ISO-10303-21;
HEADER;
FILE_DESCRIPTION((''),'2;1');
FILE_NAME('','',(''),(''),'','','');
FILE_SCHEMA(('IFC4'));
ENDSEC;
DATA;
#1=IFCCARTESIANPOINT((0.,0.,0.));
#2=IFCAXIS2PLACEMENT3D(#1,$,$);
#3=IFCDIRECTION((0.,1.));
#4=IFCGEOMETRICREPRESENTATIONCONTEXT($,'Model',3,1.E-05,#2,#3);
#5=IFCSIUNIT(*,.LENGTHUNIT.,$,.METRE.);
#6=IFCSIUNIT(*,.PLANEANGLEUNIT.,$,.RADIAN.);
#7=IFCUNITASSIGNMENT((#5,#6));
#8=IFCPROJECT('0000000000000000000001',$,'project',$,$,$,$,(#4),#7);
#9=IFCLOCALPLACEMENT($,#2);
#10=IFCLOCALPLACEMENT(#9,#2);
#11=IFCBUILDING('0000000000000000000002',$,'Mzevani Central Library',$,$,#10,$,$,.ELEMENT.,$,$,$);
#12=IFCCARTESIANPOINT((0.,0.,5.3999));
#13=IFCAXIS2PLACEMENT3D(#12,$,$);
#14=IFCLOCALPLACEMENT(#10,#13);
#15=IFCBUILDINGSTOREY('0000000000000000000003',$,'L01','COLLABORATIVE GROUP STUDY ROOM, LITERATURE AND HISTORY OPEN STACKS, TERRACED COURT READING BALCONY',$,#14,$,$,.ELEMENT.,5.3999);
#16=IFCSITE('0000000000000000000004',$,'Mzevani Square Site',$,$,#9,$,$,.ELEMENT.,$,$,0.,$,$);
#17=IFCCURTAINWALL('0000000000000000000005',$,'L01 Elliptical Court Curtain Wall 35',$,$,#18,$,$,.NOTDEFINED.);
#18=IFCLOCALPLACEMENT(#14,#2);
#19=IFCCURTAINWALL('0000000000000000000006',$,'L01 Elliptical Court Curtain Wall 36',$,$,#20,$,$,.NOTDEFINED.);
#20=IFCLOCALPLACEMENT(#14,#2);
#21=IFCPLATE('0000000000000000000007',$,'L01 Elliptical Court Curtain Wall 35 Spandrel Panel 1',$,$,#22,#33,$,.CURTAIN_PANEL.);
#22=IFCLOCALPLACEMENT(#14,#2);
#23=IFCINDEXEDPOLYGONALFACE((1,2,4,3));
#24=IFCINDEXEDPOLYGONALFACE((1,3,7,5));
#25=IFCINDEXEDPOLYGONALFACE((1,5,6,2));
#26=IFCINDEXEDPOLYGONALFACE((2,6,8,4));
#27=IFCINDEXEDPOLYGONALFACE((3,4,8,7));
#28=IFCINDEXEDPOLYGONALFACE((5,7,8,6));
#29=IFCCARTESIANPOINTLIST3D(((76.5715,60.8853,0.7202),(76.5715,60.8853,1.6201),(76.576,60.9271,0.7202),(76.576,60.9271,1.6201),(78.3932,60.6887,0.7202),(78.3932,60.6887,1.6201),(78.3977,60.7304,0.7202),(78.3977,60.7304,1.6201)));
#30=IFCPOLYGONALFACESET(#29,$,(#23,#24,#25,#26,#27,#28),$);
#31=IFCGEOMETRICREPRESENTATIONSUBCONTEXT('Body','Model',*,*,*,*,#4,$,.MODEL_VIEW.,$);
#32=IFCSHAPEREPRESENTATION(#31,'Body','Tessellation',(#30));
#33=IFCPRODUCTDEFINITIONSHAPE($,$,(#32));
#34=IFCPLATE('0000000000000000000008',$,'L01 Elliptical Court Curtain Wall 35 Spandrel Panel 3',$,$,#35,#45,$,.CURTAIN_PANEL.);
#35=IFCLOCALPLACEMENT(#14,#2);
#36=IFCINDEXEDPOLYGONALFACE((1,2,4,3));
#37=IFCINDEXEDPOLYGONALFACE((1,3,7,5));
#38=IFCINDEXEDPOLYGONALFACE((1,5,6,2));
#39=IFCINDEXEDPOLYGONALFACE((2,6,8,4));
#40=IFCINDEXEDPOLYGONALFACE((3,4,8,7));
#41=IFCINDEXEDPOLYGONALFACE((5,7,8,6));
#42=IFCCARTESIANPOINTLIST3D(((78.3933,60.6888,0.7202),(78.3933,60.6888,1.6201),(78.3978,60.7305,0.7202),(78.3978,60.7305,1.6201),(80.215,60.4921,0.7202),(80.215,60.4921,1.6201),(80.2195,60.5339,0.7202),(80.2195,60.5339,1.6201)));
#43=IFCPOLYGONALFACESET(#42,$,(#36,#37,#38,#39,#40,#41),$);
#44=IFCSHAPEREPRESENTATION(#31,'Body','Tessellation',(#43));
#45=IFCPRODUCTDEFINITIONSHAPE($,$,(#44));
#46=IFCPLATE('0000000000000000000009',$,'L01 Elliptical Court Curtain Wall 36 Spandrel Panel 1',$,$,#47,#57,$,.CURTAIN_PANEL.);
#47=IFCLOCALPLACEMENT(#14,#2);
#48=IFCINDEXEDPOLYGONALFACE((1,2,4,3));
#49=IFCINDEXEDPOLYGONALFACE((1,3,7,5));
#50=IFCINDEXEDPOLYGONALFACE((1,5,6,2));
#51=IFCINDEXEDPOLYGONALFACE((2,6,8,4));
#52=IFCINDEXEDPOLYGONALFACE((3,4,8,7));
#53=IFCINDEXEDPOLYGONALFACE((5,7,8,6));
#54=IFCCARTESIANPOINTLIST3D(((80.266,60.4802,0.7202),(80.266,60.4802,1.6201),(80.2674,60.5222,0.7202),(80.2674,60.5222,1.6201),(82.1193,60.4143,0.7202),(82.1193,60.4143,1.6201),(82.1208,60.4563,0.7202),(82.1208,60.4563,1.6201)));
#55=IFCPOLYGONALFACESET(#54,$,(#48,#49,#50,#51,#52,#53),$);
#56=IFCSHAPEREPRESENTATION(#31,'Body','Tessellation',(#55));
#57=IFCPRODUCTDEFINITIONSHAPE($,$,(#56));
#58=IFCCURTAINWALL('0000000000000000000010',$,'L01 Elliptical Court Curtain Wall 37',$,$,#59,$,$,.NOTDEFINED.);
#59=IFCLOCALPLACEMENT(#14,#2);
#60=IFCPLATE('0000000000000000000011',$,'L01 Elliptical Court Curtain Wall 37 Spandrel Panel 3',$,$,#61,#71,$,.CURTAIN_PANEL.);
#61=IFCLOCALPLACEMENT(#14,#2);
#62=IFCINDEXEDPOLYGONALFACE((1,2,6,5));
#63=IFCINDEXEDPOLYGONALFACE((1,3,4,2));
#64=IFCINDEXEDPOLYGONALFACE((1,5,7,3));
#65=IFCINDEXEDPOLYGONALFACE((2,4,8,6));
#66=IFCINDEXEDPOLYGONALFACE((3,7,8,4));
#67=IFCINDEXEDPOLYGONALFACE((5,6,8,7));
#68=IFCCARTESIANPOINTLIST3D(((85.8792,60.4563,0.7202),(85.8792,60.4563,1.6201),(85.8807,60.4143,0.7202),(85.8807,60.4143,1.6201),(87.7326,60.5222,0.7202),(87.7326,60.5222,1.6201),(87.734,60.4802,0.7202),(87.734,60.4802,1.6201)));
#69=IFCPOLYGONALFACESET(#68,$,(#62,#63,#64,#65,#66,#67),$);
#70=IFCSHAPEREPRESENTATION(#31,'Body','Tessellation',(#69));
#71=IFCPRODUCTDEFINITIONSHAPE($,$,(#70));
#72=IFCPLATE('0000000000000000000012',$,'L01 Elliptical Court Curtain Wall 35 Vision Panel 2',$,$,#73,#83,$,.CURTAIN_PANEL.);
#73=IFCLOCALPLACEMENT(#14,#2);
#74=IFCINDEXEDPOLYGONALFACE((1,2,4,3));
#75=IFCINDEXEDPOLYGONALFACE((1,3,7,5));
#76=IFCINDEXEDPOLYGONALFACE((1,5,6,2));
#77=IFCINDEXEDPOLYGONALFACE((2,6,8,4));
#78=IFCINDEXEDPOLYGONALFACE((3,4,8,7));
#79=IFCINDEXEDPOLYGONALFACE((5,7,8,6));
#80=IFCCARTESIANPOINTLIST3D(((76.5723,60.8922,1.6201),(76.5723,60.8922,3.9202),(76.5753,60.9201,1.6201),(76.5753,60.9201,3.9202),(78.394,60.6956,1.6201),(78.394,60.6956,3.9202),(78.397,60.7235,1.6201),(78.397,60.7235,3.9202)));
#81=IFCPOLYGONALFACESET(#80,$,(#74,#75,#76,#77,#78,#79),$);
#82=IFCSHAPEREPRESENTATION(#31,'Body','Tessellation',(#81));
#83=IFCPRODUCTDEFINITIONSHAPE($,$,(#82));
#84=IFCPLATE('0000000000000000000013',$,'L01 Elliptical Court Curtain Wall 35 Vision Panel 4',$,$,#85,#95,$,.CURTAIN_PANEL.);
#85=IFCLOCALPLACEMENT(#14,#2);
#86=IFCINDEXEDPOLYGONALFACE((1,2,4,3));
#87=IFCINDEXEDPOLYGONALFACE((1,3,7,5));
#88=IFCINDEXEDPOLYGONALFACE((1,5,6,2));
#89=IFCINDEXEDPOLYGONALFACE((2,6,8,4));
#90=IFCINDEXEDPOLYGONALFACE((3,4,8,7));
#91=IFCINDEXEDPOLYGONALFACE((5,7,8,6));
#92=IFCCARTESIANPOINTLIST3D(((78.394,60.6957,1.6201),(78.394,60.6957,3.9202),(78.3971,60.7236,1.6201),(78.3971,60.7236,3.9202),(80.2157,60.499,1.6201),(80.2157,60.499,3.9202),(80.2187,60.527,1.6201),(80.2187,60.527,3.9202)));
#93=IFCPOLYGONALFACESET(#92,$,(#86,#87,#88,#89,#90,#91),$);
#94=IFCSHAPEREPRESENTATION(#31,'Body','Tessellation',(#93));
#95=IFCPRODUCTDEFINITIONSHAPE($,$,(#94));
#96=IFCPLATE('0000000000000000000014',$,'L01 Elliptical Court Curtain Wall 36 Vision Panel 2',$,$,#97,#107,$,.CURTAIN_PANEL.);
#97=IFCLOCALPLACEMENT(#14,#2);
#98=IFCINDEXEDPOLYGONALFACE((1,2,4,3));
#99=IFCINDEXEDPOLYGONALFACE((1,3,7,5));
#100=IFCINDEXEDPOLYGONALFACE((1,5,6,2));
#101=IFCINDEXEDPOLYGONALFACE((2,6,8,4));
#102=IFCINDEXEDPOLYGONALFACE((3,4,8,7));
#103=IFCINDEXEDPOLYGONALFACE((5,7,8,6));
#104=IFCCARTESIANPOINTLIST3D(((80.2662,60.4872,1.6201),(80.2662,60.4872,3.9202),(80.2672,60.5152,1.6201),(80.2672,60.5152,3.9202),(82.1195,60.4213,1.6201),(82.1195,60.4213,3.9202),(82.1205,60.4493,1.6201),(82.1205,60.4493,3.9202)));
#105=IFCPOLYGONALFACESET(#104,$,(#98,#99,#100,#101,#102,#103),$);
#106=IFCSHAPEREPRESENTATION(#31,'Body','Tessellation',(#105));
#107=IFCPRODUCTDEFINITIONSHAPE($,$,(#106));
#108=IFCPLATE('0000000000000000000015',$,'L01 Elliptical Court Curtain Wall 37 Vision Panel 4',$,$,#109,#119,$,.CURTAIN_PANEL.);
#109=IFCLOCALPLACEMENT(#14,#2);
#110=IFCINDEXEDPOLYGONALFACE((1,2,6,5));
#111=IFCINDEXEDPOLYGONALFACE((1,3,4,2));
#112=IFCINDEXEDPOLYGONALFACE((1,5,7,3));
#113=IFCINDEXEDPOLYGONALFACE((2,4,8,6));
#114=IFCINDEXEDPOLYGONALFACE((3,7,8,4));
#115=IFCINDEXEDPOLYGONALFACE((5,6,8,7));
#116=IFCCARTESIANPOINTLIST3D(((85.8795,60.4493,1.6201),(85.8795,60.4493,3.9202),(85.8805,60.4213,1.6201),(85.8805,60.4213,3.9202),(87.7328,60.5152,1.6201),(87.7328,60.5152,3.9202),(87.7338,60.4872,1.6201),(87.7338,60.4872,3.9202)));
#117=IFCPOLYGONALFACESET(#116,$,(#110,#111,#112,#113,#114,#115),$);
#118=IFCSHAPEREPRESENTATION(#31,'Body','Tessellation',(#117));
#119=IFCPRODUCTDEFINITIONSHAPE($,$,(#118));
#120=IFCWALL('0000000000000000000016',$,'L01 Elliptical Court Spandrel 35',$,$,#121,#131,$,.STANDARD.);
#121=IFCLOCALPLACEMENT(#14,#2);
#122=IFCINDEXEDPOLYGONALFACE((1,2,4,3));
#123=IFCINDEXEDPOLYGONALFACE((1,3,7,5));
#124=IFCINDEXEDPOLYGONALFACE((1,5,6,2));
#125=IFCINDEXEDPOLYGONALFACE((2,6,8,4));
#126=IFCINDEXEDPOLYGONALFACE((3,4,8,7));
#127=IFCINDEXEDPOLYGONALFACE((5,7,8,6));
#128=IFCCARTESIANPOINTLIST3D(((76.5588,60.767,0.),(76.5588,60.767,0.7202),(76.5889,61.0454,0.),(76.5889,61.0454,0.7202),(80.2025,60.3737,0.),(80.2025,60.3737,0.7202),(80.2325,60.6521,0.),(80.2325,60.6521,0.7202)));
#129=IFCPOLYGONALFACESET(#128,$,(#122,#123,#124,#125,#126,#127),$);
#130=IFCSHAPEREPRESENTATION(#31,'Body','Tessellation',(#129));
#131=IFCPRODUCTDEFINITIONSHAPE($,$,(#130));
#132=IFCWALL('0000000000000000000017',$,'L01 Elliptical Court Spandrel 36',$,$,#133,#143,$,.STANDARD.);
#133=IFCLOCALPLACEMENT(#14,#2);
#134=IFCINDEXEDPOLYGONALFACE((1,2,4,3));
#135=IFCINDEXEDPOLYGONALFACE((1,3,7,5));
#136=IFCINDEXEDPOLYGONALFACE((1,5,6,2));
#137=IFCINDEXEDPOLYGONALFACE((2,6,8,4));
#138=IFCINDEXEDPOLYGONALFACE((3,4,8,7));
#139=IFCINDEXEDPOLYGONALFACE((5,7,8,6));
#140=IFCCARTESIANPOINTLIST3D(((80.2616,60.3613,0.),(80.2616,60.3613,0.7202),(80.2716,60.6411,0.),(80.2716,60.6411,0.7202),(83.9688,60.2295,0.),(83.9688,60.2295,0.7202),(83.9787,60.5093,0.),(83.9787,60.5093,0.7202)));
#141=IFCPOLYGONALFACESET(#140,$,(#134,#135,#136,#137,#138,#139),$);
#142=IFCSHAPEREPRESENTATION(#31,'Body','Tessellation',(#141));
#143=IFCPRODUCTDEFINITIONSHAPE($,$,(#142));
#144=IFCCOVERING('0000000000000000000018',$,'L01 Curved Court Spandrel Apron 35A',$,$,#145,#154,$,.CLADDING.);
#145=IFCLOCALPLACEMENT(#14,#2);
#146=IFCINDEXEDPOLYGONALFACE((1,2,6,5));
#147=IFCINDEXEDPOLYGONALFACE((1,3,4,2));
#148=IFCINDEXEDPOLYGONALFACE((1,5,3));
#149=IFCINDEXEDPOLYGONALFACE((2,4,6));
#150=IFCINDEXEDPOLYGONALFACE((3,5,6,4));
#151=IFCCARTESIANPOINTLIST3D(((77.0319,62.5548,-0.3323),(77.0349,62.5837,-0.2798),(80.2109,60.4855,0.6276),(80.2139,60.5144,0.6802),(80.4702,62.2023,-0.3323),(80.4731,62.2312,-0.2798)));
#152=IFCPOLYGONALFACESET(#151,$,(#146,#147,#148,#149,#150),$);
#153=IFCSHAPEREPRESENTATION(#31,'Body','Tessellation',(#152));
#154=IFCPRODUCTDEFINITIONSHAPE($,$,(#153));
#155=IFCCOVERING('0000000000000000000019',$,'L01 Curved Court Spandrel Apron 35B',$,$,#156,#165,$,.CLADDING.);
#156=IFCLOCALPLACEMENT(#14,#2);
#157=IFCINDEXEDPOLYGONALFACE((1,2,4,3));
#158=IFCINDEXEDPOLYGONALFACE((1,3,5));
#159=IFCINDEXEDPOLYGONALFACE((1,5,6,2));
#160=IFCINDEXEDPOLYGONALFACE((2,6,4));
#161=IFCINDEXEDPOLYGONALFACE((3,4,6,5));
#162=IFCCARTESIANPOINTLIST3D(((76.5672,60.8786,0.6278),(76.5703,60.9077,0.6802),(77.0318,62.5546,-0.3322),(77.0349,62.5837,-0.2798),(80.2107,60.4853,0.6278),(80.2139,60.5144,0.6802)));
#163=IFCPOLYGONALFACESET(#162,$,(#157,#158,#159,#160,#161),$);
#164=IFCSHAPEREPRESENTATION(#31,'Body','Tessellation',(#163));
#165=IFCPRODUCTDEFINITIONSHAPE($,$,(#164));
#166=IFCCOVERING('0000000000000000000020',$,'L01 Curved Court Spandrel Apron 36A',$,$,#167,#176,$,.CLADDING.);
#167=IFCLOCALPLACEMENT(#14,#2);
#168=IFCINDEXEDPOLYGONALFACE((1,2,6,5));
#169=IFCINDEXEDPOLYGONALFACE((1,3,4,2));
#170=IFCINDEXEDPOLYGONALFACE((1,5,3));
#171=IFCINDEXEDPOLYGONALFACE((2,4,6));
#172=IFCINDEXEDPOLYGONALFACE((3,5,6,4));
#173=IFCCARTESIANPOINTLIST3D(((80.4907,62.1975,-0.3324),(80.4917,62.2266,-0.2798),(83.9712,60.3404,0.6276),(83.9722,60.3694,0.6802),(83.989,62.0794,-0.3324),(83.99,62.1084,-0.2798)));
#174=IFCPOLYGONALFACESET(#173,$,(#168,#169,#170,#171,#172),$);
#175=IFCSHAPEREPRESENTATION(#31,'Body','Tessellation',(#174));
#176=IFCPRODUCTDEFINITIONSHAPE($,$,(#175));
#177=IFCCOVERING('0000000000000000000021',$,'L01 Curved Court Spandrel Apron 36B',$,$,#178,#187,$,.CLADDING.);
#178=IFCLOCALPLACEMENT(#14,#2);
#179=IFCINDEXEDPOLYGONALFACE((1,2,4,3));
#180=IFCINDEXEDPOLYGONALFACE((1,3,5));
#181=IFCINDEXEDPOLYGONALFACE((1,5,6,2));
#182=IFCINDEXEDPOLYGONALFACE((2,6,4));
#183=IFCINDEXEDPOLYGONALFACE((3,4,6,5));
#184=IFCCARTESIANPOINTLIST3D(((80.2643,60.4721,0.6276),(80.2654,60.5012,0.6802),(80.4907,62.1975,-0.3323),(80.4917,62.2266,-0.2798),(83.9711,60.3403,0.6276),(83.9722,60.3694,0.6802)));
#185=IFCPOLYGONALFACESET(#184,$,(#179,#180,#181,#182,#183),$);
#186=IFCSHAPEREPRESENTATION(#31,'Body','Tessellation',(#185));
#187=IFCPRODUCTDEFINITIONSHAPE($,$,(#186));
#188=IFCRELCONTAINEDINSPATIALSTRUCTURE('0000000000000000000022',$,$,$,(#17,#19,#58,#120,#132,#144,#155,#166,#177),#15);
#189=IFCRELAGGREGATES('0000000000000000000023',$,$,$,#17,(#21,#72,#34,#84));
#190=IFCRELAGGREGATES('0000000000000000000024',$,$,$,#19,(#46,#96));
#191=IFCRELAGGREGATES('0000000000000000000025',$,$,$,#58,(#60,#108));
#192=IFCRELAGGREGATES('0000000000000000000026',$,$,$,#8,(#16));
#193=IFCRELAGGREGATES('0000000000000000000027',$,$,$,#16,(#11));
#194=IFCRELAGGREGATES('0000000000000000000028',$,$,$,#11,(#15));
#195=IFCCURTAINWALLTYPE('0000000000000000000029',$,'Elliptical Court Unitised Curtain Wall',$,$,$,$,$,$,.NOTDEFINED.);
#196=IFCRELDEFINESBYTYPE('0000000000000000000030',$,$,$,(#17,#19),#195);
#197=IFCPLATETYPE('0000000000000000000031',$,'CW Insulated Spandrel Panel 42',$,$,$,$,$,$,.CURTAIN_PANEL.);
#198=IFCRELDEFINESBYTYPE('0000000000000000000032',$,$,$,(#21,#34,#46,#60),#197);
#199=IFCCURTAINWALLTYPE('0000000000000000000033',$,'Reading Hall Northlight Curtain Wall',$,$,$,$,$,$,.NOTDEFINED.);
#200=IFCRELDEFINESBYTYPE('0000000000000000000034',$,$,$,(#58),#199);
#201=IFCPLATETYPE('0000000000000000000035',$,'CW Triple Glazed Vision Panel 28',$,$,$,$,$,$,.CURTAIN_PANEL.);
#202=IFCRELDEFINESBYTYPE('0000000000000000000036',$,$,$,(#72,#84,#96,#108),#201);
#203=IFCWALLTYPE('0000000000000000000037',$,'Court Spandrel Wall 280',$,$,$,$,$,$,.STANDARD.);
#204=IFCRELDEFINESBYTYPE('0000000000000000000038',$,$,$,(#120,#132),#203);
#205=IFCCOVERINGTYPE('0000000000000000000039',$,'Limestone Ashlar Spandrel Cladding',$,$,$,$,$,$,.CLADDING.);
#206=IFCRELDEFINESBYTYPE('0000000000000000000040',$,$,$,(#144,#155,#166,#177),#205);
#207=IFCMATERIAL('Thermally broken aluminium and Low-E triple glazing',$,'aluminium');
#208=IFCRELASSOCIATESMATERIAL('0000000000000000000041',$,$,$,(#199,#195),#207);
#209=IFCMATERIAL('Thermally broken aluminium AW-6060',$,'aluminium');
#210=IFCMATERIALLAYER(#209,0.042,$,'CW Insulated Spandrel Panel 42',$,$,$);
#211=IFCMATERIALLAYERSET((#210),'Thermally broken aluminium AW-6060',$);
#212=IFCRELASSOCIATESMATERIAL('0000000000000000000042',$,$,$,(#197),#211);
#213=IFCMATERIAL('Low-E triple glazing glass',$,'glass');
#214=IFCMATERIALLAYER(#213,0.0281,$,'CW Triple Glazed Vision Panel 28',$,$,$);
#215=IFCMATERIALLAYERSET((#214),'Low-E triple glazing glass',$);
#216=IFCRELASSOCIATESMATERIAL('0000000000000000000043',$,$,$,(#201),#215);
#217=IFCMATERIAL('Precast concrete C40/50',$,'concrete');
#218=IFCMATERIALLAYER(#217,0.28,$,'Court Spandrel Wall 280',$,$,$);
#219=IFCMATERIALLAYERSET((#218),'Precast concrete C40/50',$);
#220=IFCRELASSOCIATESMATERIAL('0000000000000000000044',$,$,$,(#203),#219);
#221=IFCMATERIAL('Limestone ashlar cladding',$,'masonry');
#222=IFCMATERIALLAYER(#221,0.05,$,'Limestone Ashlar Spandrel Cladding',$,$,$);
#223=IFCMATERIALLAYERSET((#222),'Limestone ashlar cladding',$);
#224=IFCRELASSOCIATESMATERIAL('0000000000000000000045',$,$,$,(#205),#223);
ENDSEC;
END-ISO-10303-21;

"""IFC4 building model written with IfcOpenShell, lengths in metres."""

from ifc_helpers import new_model, si_unit, direction, frame, frame_2d, origin, origin_2d, place, context, subcontext, project, spatial, polyline, rectangle, outline, extrude, material, layer, layer_set, type_object, element, aggregate, save


model = new_model("IFC4")

# Units and contexts
model_context = context("Model", 3, precision=1e-05, world=origin(), true_north=direction((0.0, 1.0)))
body_context = subcontext(model_context, "Body", "Model", "MODEL_VIEW")
ifc_project = project(units=[si_unit("LENGTHUNIT", "METRE"), si_unit("PLANEANGLEUNIT", "RADIAN")], contexts=[model_context])

# Site, building, storey
site_placement = place(None, origin())
site = spatial("IfcSite", under=ifc_project, at=site_placement, Name="Mzevani Square Site", CompositionType="ELEMENT", RefElevation=0.0)
building_placement = place(site_placement, origin())
building = spatial("IfcBuilding", under=site, at=building_placement, Name="Mzevani Central Library", CompositionType="ELEMENT")
storey_placement = place(building_placement, frame((0.0, 0.0, 5.3999)))
storey = spatial("IfcBuildingStorey", under=building, at=storey_placement, Name="L01", Description="COLLABORATIVE GROUP STUDY ROOM, LITERATURE AND HISTORY OPEN STACKS, TERRACED COURT READING BALCONY", CompositionType="ELEMENT", Elevation=5.3999)

# Shared definitions
ifc_material_1 = material(Name="Thermally broken aluminium and Low-E triple glazing", Category="aluminium")
curtain_wall_type_1 = type_object("IfcCurtainWallType", Name="Reading Hall Northlight Curtain Wall", PredefinedType="NOTDEFINED", material=ifc_material_1)
ifc_material_2 = material(Name="Thermally broken aluminium AW-6060", Category="aluminium")

# Curtain wall
curtain_wall_type_2 = type_object("IfcCurtainWallType", Name="Elliptical Court Unitised Curtain Wall", PredefinedType="NOTDEFINED", material=ifc_material_1)
curtain_wall_1_placement = place(storey_placement, origin())
curtain_wall_1 = element("IfcCurtainWall", 1, at=curtain_wall_1_placement, inside=storey, type_object=curtain_wall_type_2, Name="L01 Elliptical Court Curtain Wall 35", PredefinedType="NOTDEFINED")

# Curtain wall
curtain_wall_2_placement = place(storey_placement, origin())
curtain_wall_2 = element("IfcCurtainWall", 2, at=curtain_wall_2_placement, inside=storey, type_object=curtain_wall_type_2, Name="L01 Elliptical Court Curtain Wall 36", PredefinedType="NOTDEFINED")

# Plates
ifc_layer_1 = layer(ifc_material_2, 0.042, Name="CW Insulated Spandrel Panel 42")
ifc_layer_set_1 = layer_set([ifc_layer_1], Name="Thermally broken aluminium AW-6060")
plate_type_1 = type_object("IfcPlateType", Name="CW Insulated Spandrel Panel 42", PredefinedType="CURTAIN_PANEL", material=ifc_layer_set_1)
plate_1_placement = place(storey_placement, frame((77.4846, 60.8079, 0.7202), z_axis=(0.0, 0.0, 1.0), x_axis=(0.994224, -0.107323, 0.0)))
plate_1 = element("IfcPlate", 3, at=plate_1_placement, type_object=plate_type_1, Name="L01 Elliptical Court Curtain Wall 35 Spandrel Panel 1", PredefinedType="CURTAIN_PANEL", context=body_context, shape_type="SweptSolid", body=[
    extrude(rectangle(XDim=1.8323, YDim=0.042, at=origin_2d()), origin(), (0.0, 0.0, 1.0), 0.8999),
])
plate_2_placement = place(storey_placement, frame((79.3064, 60.6113, 0.7202), z_axis=(0.0, 0.0, 1.0), x_axis=(0.994224, -0.107323, 0.0)))
plate_2 = element("IfcPlate", 4, at=plate_2_placement, type_object=plate_type_1, Name="L01 Elliptical Court Curtain Wall 35 Spandrel Panel 3", PredefinedType="CURTAIN_PANEL", context=body_context, shape_type="SweptSolid", body=[
    extrude(rectangle(XDim=1.8323, YDim=0.042, at=origin_2d()), origin(), (0.0, 0.0, 1.0), 0.8999),
])
plate_3_placement = place(storey_placement, frame((81.1934, 60.4683, 0.7202), z_axis=(0.0, 0.0, 1.0), x_axis=(0.999369, -0.035533, 0.0)))
plate_3 = element("IfcPlate", 5, at=plate_3_placement, type_object=plate_type_1, Name="L01 Elliptical Court Curtain Wall 36 Spandrel Panel 1", PredefinedType="CURTAIN_PANEL", context=body_context, shape_type="SweptSolid", body=[
    extrude(rectangle(XDim=1.8545, YDim=0.042, at=origin_2d()), origin(), (0.0, 0.0, 1.0), 0.8999),
])

# Curtain wall, plate
curtain_wall_3_placement = place(storey_placement, origin())
curtain_wall_3 = element("IfcCurtainWall", 6, at=curtain_wall_3_placement, inside=storey, type_object=curtain_wall_type_1, Name="L01 Elliptical Court Curtain Wall 37", PredefinedType="NOTDEFINED")
plate_4_placement = place(storey_placement, frame((86.8066, 60.4683, 0.7202), z_axis=(0.0, 0.0, 1.0), x_axis=(0.999369, 0.035533, 0.0)))
plate_4 = element("IfcPlate", 7, at=plate_4_placement, type_object=plate_type_1, Name="L01 Elliptical Court Curtain Wall 37 Spandrel Panel 3", PredefinedType="CURTAIN_PANEL", context=body_context, shape_type="SweptSolid", body=[
    extrude(rectangle(XDim=1.8545, YDim=0.042, at=origin_2d()), origin(), (0.0, 0.0, 1.0), 0.8999),
])

# Plates
ifc_material_3 = material(Name="Low-E triple glazing glass", Category="glass")
ifc_layer_2 = layer(ifc_material_3, 0.0281, Name="CW Triple Glazed Vision Panel 28")
ifc_layer_set_2 = layer_set([ifc_layer_2], Name="Low-E triple glazing glass")
plate_type_2 = type_object("IfcPlateType", Name="CW Triple Glazed Vision Panel 28", PredefinedType="CURTAIN_PANEL", material=ifc_layer_set_2)
plate_5_placement = place(storey_placement, frame((77.4846, 60.8079, 1.6201), z_axis=(0.0, 0.0, 1.0), x_axis=(0.994224, -0.107323, 0.0)))
plate_5 = element("IfcPlate", 8, at=plate_5_placement, type_object=plate_type_2, Name="L01 Elliptical Court Curtain Wall 35 Vision Panel 2", PredefinedType="CURTAIN_PANEL", context=body_context, shape_type="SweptSolid", body=[
    extrude(rectangle(XDim=1.8323, YDim=0.0281, at=origin_2d()), origin(), (0.0, 0.0, 1.0), 2.3),
])
plate_6_placement = place(storey_placement, frame((79.3064, 60.6113, 1.6201), z_axis=(0.0, 0.0, 1.0), x_axis=(0.994224, -0.107323, 0.0)))
plate_6 = element("IfcPlate", 9, at=plate_6_placement, type_object=plate_type_2, Name="L01 Elliptical Court Curtain Wall 35 Vision Panel 4", PredefinedType="CURTAIN_PANEL", context=body_context, shape_type="SweptSolid", body=[
    extrude(rectangle(XDim=1.8323, YDim=0.0281, at=origin_2d()), origin(), (0.0, 0.0, 1.0), 2.3),
])
aggregate(curtain_wall_1, [plate_1, plate_5, plate_2, plate_6])
plate_7_placement = place(storey_placement, frame((81.1934, 60.4683, 1.6201), z_axis=(0.0, 0.0, 1.0), x_axis=(0.999369, -0.035533, 0.0)))
plate_7 = element("IfcPlate", 10, at=plate_7_placement, type_object=plate_type_2, Name="L01 Elliptical Court Curtain Wall 36 Vision Panel 2", PredefinedType="CURTAIN_PANEL", context=body_context, shape_type="SweptSolid", body=[
    extrude(rectangle(XDim=1.8545, YDim=0.0281, at=origin_2d()), origin(), (0.0, 0.0, 1.0), 2.3),
])
aggregate(curtain_wall_2, [plate_3, plate_7])
plate_8_placement = place(storey_placement, frame((86.8066, 60.4683, 1.6201), z_axis=(0.0, 0.0, 1.0), x_axis=(0.999369, 0.035533, 0.0)))
plate_8 = element("IfcPlate", 11, at=plate_8_placement, type_object=plate_type_2, Name="L01 Elliptical Court Curtain Wall 37 Vision Panel 4", PredefinedType="CURTAIN_PANEL", context=body_context, shape_type="SweptSolid", body=[
    extrude(rectangle(XDim=1.8545, YDim=0.0281, at=origin_2d()), origin(), (0.0, 0.0, 1.0), 2.3),
])
aggregate(curtain_wall_3, [plate_4, plate_8])

# Walls
ifc_material_4 = material(Name="Precast concrete C40/50", Category="concrete")
ifc_layer_3 = layer(ifc_material_4, 0.28, Name="Court Spandrel Wall 280")
ifc_layer_set_3 = layer_set([ifc_layer_3], Name="Precast concrete C40/50")
wall_type = type_object("IfcWallType", Name="Court Spandrel Wall 280", PredefinedType="STANDARD", material=ifc_layer_set_3)
wall_1_placement = place(storey_placement, frame((76.5737, 60.9062, 0.0), z_axis=(0.0, 0.0, 1.0), x_axis=(0.994224, -0.107323, 0.0)))
element("IfcWall", 12, at=wall_1_placement, inside=storey, type_object=wall_type, Name="L01 Elliptical Court Spandrel 35", PredefinedType="STANDARD", context=body_context, shape_type="SweptSolid", body=[
    extrude(rectangle(XDim=3.6648, YDim=0.28, at=frame_2d((1.8325, 0.0))), origin(), (0.0, 0.0, 1.0), 0.7202),
])
wall_2_placement = place(storey_placement, frame((80.2666, 60.5012, 0.0), z_axis=(0.0, 0.0, 1.0), x_axis=(0.999368, -0.035541, 0.0)))
element("IfcWall", 13, at=wall_2_placement, inside=storey, type_object=wall_type, Name="L01 Elliptical Court Spandrel 36", PredefinedType="STANDARD", context=body_context, shape_type="SweptSolid", body=[
    extrude(rectangle(XDim=3.7095, YDim=0.28, at=frame_2d((1.8547, 0.0))), origin(), (0.0, 0.0, 1.0), 0.7202),
])

# Coverings
ifc_material_5 = material(Name="Limestone ashlar cladding", Category="masonry")
ifc_layer_4 = layer(ifc_material_5, 0.05, Name="Limestone Ashlar Spandrel Cladding")
ifc_layer_set_4 = layer_set([ifc_layer_4], Name="Limestone ashlar cladding")
covering_type = type_object("IfcCoveringType", Name="Limestone Ashlar Spandrel Cladding", PredefinedType="CLADDING", material=ifc_layer_set_4)
covering_1_placement = place(storey_placement, frame((77.0349, 62.5837, -0.2798), z_axis=(0.049397, 0.481755, 0.874913), x_axis=(0.994784, -0.102, 0.0)))
element("IfcCovering", 14, at=covering_1_placement, inside=storey, type_object=covering_type, Name="L01 Curved Court Spandrel Apron 35A", PredefinedType="CLADDING", context=body_context, shape_type="SweptSolid", body=[
    extrude(outline(polyline([(0.0, 0.0), (3.4563, 0.0), (3.3734, -1.9822), (0.0, 0.0)])), origin(), (0.0, 0.0, -1.0), 0.0601),
])
covering_2_placement = place(storey_placement, frame((77.0349, 62.5837, -0.2798), z_axis=(0.052392, 0.485352, 0.872748), x_axis=(0.812465, -0.528873, 0.245343)))
element("IfcCovering", 15, at=covering_2_placement, inside=storey, type_object=covering_type, Name="L01 Curved Court Spandrel Apron 35B", PredefinedType="CLADDING", context=body_context, shape_type="SweptSolid", body=[
    extrude(outline(polyline([(0.0, 0.0), (3.9127, 0.0), (0.7445, -1.8418), (0.0, 0.0)])), origin(), (0.0, 0.0, -1.0), 0.0601),
])
covering_3_placement = place(storey_placement, frame((80.4917, 62.2266, -0.2798), z_axis=(0.016317, 0.48308, 0.875424), x_axis=(0.99943, -0.033758, 0.0)))
element("IfcCovering", 16, at=covering_3_placement, inside=storey, type_object=covering_type, Name="L01 Curved Court Spandrel Apron 36A", PredefinedType="CLADDING", context=body_context, shape_type="SweptSolid", body=[
    extrude(outline(polyline([(0.0, 0.0), (3.5003, 0.0), (3.5412, -1.986), (0.0, 0.0)])), origin(), (0.0, 0.0, -1.0), 0.0601),
])
covering_4_placement = place(storey_placement, frame((80.4917, 62.2266, -0.2798), z_axis=(0.017228, 0.4844, 0.874677), x_axis=(0.85724, -0.457423, 0.236439)))
element("IfcCovering", 17, at=covering_4_placement, inside=storey, type_object=covering_type, Name="L01 Curved Court Spandrel Apron 36B", PredefinedType="CLADDING", context=body_context, shape_type="SweptSolid", body=[
    extrude(outline(polyline([(0.0, 0.0), (4.0601, 0.0), (0.8222, -1.8093), (0.0, 0.0)])), origin(), (0.0, 0.0, -1.0), 0.0601),
])

save(model, "model.ifc")
